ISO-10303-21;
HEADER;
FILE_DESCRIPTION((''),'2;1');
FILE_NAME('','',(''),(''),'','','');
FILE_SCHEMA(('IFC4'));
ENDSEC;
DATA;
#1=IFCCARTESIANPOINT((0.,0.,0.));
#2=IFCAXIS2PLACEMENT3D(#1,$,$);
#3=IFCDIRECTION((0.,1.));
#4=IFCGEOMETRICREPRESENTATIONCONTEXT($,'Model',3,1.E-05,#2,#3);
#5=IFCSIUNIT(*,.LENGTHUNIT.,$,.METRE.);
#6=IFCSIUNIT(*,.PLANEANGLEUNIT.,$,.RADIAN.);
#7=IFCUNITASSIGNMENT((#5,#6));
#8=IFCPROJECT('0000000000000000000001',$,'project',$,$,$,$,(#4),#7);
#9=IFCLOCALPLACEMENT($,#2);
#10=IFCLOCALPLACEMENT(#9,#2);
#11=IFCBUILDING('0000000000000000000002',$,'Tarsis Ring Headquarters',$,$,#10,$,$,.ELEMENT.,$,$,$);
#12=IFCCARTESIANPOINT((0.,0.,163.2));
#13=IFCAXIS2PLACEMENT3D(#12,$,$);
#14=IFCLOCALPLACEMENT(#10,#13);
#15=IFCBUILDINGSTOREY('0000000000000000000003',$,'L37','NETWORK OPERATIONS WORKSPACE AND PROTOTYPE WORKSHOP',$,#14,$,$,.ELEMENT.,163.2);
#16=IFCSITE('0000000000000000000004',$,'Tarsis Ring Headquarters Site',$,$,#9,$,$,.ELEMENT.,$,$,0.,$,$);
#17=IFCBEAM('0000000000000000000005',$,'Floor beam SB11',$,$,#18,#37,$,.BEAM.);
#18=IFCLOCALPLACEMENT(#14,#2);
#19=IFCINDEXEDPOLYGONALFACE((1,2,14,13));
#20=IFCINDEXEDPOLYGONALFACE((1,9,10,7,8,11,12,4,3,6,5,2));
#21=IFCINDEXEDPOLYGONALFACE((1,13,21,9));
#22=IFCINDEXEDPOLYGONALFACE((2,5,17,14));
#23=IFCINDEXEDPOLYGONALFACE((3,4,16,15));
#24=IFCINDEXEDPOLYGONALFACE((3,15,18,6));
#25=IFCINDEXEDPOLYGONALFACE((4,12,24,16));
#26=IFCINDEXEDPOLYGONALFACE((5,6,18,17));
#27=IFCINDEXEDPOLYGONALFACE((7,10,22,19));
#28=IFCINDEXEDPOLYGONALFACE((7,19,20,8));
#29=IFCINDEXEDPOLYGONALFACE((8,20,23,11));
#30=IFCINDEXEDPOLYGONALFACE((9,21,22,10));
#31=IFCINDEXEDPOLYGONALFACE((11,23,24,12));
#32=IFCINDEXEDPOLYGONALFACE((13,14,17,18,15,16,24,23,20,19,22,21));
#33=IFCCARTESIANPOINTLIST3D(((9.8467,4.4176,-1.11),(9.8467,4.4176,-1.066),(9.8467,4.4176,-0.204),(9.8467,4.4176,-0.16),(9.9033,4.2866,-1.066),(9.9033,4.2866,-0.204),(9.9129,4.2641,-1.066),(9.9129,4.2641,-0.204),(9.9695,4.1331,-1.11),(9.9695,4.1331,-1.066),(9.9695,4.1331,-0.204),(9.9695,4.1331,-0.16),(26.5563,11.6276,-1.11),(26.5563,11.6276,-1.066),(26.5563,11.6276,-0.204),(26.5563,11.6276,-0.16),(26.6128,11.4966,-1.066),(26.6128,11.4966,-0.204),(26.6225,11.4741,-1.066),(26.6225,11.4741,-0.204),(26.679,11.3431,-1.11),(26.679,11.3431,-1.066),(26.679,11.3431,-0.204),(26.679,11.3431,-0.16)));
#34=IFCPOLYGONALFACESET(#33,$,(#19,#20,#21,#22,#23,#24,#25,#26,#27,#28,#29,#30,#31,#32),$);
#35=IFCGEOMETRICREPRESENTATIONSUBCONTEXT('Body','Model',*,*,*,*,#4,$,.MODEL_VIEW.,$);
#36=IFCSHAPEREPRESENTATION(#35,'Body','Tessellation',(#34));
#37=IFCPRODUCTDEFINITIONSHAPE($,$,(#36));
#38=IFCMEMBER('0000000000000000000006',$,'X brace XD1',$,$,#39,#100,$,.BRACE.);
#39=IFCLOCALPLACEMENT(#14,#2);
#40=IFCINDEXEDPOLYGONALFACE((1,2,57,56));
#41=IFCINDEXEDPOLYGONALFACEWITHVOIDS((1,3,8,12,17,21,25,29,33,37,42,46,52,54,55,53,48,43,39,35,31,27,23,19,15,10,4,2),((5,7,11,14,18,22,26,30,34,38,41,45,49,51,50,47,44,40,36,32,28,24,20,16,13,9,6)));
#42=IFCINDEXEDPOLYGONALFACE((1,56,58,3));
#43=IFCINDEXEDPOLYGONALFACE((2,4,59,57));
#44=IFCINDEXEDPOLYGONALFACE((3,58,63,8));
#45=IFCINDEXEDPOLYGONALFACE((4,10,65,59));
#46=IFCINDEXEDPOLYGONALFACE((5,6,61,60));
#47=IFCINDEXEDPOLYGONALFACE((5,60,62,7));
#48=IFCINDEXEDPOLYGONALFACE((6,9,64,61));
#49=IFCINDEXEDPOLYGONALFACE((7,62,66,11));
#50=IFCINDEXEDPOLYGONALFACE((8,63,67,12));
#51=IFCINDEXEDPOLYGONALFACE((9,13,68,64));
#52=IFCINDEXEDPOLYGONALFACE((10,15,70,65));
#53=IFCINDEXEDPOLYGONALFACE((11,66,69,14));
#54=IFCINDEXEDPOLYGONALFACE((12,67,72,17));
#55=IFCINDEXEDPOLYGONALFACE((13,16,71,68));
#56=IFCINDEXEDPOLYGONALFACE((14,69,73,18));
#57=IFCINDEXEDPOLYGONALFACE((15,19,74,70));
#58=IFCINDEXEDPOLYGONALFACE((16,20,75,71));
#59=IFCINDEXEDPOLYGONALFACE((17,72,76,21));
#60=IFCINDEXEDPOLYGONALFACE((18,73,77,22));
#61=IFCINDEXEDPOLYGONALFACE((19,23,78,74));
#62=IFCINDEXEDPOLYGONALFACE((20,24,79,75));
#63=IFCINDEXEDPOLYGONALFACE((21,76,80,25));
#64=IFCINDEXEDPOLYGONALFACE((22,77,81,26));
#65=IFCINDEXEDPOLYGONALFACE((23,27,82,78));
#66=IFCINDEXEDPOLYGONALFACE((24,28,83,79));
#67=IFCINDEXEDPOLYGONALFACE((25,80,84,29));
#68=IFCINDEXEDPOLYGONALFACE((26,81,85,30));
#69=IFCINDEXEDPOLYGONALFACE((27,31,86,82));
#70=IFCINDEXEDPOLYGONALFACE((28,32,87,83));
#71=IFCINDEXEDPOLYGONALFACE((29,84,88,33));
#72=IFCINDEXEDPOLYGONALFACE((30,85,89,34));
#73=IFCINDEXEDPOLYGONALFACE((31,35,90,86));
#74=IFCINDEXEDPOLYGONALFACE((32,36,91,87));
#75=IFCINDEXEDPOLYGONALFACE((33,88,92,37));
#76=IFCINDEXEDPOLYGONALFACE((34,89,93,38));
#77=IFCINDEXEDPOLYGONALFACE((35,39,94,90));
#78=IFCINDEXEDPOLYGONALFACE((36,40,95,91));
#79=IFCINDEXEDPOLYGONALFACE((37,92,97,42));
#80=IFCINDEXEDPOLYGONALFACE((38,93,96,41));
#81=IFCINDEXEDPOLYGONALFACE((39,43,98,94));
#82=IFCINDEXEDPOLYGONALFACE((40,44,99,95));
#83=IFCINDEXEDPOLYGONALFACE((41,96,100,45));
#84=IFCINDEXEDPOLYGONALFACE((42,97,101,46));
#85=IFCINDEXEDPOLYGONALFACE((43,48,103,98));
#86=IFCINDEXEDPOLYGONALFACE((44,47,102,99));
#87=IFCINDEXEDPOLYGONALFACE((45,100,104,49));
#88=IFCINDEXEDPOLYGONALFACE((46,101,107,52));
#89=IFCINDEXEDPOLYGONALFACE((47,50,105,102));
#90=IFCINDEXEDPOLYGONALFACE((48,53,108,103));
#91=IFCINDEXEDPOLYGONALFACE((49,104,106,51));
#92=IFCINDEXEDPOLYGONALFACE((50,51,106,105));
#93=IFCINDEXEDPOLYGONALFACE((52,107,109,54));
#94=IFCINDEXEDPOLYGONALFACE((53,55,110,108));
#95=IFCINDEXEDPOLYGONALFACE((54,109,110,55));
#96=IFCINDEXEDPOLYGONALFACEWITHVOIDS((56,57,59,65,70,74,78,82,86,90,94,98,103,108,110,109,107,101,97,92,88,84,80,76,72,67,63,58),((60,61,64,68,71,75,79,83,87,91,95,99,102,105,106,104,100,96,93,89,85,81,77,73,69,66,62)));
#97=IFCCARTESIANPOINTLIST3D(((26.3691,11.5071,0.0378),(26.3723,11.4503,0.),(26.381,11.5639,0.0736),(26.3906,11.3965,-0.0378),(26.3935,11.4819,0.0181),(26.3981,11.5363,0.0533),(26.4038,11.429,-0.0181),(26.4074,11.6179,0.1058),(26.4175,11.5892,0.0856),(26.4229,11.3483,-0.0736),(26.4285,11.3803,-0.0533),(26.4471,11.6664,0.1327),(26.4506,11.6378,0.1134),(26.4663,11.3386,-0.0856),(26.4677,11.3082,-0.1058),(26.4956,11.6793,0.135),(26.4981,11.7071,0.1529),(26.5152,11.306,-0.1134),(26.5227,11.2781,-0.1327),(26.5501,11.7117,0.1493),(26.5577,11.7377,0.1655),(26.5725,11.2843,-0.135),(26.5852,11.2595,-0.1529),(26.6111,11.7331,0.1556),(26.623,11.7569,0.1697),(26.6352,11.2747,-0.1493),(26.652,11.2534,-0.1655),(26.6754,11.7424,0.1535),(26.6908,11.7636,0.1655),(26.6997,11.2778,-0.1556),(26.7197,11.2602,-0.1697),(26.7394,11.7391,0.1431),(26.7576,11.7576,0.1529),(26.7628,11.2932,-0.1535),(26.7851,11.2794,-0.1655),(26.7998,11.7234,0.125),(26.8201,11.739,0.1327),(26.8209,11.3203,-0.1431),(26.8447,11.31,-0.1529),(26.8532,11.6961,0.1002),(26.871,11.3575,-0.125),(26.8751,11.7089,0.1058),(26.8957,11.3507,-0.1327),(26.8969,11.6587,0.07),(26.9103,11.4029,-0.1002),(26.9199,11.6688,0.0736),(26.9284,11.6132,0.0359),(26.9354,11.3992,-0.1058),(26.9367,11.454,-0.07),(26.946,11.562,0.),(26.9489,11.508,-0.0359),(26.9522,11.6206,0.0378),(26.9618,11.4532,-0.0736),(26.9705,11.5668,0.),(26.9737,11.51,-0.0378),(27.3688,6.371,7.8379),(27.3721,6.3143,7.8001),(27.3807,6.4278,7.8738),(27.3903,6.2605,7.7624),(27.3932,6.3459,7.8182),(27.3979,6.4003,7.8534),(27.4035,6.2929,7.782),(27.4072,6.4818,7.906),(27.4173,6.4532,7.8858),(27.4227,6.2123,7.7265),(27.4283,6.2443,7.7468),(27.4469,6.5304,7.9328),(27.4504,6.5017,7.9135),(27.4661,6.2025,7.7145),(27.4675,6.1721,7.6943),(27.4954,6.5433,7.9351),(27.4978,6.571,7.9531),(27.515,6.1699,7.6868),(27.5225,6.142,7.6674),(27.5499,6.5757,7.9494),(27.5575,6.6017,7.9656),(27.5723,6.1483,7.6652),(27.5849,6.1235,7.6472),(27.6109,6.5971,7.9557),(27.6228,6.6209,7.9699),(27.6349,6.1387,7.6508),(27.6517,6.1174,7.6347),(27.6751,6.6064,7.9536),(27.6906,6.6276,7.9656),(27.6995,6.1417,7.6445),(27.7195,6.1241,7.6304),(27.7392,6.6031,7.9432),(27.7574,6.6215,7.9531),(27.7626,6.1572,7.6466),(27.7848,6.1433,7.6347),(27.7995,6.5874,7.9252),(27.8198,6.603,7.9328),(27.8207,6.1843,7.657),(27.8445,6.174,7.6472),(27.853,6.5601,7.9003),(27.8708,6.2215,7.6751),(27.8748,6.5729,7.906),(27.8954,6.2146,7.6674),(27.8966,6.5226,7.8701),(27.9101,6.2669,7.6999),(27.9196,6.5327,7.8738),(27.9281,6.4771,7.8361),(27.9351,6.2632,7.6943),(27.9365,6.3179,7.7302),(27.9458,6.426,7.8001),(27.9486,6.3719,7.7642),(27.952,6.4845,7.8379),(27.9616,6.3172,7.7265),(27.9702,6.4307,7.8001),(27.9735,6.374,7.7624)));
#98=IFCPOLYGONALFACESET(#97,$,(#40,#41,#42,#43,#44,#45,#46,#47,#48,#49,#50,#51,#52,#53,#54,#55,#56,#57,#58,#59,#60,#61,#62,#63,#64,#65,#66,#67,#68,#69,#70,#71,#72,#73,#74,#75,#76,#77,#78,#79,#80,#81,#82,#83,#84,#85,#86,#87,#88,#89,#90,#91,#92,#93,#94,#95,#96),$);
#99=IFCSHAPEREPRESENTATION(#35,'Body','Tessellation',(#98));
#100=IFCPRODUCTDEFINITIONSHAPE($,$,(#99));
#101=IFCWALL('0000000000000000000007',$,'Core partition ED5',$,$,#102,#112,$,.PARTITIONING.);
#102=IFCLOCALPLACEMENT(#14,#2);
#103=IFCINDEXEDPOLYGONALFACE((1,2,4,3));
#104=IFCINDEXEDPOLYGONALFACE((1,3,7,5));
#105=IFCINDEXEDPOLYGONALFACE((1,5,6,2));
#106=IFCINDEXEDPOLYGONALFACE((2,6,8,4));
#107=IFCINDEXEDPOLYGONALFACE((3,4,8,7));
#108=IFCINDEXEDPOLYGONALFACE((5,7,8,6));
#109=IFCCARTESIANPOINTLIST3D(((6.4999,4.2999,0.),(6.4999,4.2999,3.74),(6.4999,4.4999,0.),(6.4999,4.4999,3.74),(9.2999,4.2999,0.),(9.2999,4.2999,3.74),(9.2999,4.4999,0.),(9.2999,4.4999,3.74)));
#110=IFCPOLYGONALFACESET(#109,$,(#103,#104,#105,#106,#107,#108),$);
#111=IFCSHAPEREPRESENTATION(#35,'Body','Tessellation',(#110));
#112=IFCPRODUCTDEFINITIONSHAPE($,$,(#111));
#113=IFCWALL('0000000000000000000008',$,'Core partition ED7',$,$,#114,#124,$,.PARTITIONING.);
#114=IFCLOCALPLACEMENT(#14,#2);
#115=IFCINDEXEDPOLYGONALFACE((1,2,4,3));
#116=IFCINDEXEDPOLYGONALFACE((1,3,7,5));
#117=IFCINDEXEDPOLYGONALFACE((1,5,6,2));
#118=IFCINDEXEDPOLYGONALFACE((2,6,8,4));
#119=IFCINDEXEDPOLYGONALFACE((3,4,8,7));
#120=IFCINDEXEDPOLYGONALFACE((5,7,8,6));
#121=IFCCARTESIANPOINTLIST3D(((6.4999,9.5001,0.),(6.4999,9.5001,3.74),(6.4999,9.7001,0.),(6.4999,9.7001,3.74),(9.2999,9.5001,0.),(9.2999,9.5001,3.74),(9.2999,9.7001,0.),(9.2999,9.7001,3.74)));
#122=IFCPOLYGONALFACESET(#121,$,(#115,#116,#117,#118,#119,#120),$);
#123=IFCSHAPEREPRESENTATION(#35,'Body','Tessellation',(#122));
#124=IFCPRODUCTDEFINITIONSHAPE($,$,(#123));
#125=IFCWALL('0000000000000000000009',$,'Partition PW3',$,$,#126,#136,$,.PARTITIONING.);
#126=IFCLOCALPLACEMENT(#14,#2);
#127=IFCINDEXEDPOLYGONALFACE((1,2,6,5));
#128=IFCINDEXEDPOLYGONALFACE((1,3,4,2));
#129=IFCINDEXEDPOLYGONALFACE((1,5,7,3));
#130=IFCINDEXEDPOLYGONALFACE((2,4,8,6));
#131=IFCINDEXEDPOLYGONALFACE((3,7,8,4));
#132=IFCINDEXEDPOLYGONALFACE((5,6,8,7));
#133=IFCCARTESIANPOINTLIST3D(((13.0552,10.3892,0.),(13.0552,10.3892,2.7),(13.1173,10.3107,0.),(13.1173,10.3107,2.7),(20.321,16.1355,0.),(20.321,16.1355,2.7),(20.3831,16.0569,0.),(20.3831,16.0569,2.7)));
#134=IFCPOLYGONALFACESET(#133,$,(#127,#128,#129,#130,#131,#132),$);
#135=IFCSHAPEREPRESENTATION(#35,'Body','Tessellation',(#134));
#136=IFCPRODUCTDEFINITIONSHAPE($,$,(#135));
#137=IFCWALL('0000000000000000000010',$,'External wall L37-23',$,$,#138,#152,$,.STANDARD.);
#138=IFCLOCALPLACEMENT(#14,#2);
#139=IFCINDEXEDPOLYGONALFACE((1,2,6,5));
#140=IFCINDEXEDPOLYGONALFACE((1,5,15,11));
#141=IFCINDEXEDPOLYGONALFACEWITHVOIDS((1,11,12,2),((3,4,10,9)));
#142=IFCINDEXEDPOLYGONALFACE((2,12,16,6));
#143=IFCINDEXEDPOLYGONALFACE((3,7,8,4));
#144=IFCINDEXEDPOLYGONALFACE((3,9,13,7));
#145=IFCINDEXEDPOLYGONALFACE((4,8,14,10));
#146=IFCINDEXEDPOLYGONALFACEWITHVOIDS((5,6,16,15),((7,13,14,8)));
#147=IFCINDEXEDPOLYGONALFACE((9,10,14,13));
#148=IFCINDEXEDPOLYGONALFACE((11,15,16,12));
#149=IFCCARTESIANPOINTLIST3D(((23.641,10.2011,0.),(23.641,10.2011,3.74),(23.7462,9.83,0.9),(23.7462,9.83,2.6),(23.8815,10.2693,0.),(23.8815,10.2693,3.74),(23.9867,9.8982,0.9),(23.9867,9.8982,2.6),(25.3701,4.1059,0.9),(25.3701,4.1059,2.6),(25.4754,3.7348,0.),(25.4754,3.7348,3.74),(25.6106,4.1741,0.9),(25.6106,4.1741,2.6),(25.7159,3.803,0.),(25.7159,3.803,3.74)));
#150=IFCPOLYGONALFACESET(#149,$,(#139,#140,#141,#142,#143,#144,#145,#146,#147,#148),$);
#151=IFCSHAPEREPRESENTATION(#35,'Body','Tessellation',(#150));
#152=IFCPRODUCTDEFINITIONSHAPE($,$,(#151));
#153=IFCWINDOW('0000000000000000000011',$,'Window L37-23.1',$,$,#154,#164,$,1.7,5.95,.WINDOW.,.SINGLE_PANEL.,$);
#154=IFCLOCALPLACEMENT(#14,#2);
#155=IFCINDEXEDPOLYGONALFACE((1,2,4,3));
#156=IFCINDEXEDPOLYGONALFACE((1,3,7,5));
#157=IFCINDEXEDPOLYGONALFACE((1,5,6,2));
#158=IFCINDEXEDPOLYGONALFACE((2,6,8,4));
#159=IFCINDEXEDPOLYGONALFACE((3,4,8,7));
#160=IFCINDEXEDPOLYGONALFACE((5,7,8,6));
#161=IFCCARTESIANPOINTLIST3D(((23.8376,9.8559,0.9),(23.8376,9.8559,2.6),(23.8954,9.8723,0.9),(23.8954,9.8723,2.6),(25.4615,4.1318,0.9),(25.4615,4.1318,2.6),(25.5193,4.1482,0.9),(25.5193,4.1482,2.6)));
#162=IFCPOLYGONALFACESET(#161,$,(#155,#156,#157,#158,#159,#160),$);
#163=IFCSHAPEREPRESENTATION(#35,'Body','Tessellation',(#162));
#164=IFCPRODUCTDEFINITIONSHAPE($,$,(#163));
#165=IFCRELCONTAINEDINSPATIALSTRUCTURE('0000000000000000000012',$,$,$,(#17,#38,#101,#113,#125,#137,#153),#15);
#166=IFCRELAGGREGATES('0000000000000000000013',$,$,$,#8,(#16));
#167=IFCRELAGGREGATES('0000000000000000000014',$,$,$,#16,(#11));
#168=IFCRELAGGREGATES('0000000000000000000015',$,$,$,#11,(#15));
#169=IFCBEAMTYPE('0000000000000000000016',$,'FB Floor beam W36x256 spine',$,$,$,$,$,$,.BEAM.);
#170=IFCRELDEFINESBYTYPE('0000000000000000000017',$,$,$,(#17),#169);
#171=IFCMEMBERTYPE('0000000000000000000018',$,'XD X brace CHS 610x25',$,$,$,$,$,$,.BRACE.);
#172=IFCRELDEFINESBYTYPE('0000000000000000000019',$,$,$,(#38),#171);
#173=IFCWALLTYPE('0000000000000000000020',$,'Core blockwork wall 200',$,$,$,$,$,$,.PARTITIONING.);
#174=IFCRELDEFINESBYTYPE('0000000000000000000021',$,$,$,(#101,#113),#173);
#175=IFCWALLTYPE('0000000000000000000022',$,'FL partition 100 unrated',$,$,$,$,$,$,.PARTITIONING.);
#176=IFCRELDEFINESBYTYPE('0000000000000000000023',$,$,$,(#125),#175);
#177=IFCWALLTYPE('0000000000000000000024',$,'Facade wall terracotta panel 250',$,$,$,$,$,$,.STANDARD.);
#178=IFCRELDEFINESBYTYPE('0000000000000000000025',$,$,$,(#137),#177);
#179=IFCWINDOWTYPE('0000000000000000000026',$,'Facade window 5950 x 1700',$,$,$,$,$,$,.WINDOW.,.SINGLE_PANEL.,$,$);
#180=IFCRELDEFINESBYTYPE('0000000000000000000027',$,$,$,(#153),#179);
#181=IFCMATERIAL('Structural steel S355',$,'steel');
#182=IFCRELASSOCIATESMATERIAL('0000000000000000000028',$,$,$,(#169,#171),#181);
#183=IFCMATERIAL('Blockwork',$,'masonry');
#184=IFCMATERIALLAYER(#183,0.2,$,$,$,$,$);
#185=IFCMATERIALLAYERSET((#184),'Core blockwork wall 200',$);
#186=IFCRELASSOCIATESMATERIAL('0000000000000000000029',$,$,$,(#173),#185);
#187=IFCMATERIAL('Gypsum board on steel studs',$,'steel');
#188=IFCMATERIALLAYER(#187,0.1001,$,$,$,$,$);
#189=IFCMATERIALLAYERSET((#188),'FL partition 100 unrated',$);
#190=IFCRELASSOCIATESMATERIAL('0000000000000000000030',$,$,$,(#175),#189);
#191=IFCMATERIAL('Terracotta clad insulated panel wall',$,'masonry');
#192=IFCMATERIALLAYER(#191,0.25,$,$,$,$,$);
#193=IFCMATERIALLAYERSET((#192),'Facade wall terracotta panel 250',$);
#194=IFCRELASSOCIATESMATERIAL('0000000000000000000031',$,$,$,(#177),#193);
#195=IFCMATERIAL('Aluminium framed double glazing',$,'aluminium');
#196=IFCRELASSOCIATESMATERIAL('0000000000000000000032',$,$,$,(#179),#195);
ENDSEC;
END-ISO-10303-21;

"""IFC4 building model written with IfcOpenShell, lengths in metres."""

from ifc_helpers import new_model, si_unit, direction, frame, frame_2d, origin, origin_2d, place, context, subcontext, project, spatial, rectangle, hollow_circle, i_section, extrude, material, layer, layer_set, material_profile, profile_set, type_object, element, fill, save


model = new_model("IFC4")

# Units and contexts
model_context = context("Model", 3, precision=1e-05, world=origin(), true_north=direction((0.0, 1.0)))
body_context = subcontext(model_context, "Body", "Model", "MODEL_VIEW")
ifc_project = project(units=[si_unit("LENGTHUNIT", "METRE"), si_unit("PLANEANGLEUNIT", "RADIAN")], contexts=[model_context])

# Site, building, storey
site_placement = place(None, origin())
site = spatial("IfcSite", under=ifc_project, at=site_placement, Name="Tarsis Ring Headquarters Site", CompositionType="ELEMENT", RefElevation=0.0)
building_placement = place(site_placement, origin())
building = spatial("IfcBuilding", under=site, at=building_placement, Name="Tarsis Ring Headquarters", CompositionType="ELEMENT")
storey_placement = place(building_placement, frame((0.0, 0.0, 163.2)))
storey = spatial("IfcBuildingStorey", under=building, at=storey_placement, Name="L37", Description="NETWORK OPERATIONS WORKSPACE AND PROTOTYPE WORKSHOP", CompositionType="ELEMENT", Elevation=163.2)

# Shared definitions
ifc_material_1 = material(Name="Structural steel S355", Category="steel")

# Beam
ifc_material_profile_1 = material_profile(ifc_material_1, i_section(OverallWidth=0.3098, OverallDepth=0.95, WebThickness=0.0244, FlangeThickness=0.0439, at=origin_2d()), Name="W36x256")
ifc_profile_set_1 = profile_set([ifc_material_profile_1], Name="Structural steel S355")
beam_type_1 = type_object("IfcBeamType", Name="FB Floor beam W36x256 spine", PredefinedType="BEAM", material=ifc_profile_set_1)
beam_1_placement = place(storey_placement, frame((26.6177, 11.4854, -0.635), z_axis=(-0.918172, -0.396182, 0.0), x_axis=(0.396182, -0.918172, 0.0)))
element("IfcBeam", 1, at=beam_1_placement, inside=storey, type_object=beam_type_1, Name="Floor beam SB11", PredefinedType="BEAM", context=body_context, shape_type="SweptSolid", body=[
    extrude(i_section(OverallWidth=0.3098, OverallDepth=0.95, WebThickness=0.0244, FlangeThickness=0.0439, at=origin_2d()), origin(), (0.0, 0.0, 1.0), 18.1987),
])

# Member
ifc_material_profile_2 = material_profile(ifc_material_1, hollow_circle(Radius=0.3047, WallThickness=0.0249, at=origin_2d()), Name="CHS 610x25")
ifc_profile_set_2 = profile_set([ifc_material_profile_2], Name="Structural steel S355")
member_type = type_object("IfcMemberType", Name="XD X brace CHS 610x25", PredefinedType="BRACE", material=ifc_profile_set_2)
member_placement = place(storey_placement, frame((26.6714, 11.5085, 0.0), z_axis=(0.106442, -0.546819, 0.830457), x_axis=(0.981576, 0.191071, 0.0)))
element("IfcMember", 2, at=member_placement, inside=storey, type_object=member_type, Name="X brace XD1", PredefinedType="BRACE", context=body_context, shape_type="SweptSolid", body=[
    extrude(hollow_circle(Radius=0.3047, WallThickness=0.0249, at=origin_2d()), origin(), (0.0, 0.0, 1.0), 9.3926),
])

# Walls
ifc_material_2 = material(Name="Blockwork", Category="masonry")
ifc_layer_1 = layer(ifc_material_2, 0.2)
ifc_layer_set_1 = layer_set([ifc_layer_1], Name="Core blockwork wall 200")
wall_type_1 = type_object("IfcWallType", Name="Core blockwork wall 200", PredefinedType="PARTITIONING", material=ifc_layer_set_1)
for number, where, z_axis, x_axis, name in (
    (3, (6.5, 4.3999, 0.0), (0.0, 0.0, 1.0), (1.0, 0.0, 0.0), "Core partition ED5"),
    (4, (6.5, 9.6001, 0.0), (0.0, 0.0, 1.0), (1.0, 0.0, 0.0), "Core partition ED7"),
):
    element("IfcWall", number, at=place(storey_placement, frame(where, z_axis=z_axis, x_axis=x_axis)), inside=storey, type_object=wall_type_1, Name=name, PredefinedType="PARTITIONING", context=body_context, shape_type="SweptSolid", body=[
        extrude(rectangle(XDim=2.8, YDim=0.2, at=frame_2d((1.3999, 0.0))), origin(), (0.0, 0.0, 1.0), 3.74),
    ])
ifc_material_3 = material(Name="Gypsum board on steel studs", Category="steel")
ifc_layer_2 = layer(ifc_material_3, 0.1001)
ifc_layer_set_2 = layer_set([ifc_layer_2], Name="FL partition 100 unrated")
wall_type_2 = type_object("IfcWallType", Name="FL partition 100 unrated", PredefinedType="PARTITIONING", material=ifc_layer_set_2)
wall_1_placement = place(storey_placement, frame((13.0862, 10.3499, 0.0), z_axis=(0.0, 0.0, 1.0), x_axis=(0.784351, 0.620317, 0.0)))
element("IfcWall", 5, at=wall_1_placement, inside=storey, type_object=wall_type_2, Name="Partition PW3", PredefinedType="PARTITIONING", context=body_context, shape_type="SweptSolid", body=[
    extrude(rectangle(XDim=9.2634, YDim=0.1001, at=frame_2d((4.6318, 0.0))), origin(), (0.0, 0.0, 1.0), 2.7),
])

# Wall, opening, window
ifc_material_4 = material(Name="Terracotta clad insulated panel wall", Category="masonry")
ifc_layer_3 = layer(ifc_material_4, 0.25)
ifc_layer_set_3 = layer_set([ifc_layer_3], Name="Facade wall terracotta panel 250")
wall_type_3 = type_object("IfcWallType", Name="Facade wall terracotta panel 250", PredefinedType="STANDARD", material=ifc_layer_set_3)
wall_2_placement = place(storey_placement, frame((25.5957, 3.7688, 0.0), z_axis=(0.0, 0.0, 1.0), x_axis=(-0.272926, 0.962035, 0.0)))
wall_2 = element("IfcWall", 6, at=wall_2_placement, inside=storey, type_object=wall_type_3, Name="External wall L37-23", PredefinedType="STANDARD", context=body_context, shape_type="SweptSolid", body=[
    extrude(rectangle(XDim=6.7214, YDim=0.25, at=frame_2d((3.3608, 0.0))), origin(), (0.0, 0.0, 1.0), 3.74),
])
opening_1_placement = place(wall_2_placement, frame((0.3857, 0.0, 0.8999)))
opening_1 = element("IfcOpeningElement", 7, at=opening_1_placement, cuts=wall_2, PredefinedType="OPENING", context=body_context, shape_type="SweptSolid", body=[
    extrude(rectangle(XDim=5.95, YDim=1.7, at=frame_2d((2.9751, 0.8501))), frame((0.0, 0.135, 0.0), z_axis=(0.0, -1.0, 0.0), x_axis=(1.0, 0.0, 0.0)), (0.0, 0.0, 1.0), 0.27),
])
ifc_material_5 = material(Name="Aluminium framed double glazing", Category="aluminium")
window_type = type_object("IfcWindowType", Name="Facade window 5950 x 1700", PartitioningType="SINGLE_PANEL", PredefinedType="WINDOW", material=ifc_material_5)
window_1_placement = place(opening_1_placement, origin())
window_1 = element("IfcWindow", 8, at=window_1_placement, inside=storey, type_object=window_type, Name="Window L37-23.1", OverallHeight=1.7, OverallWidth=5.95, PartitioningType="SINGLE_PANEL", PredefinedType="WINDOW", context=body_context, shape_type="SweptSolid", body=[
    extrude(rectangle(XDim=5.95, YDim=1.7, at=frame_2d((2.9751, 0.8501))), frame((0.0, 0.03, 0.0), z_axis=(0.0, -1.0, 0.0), x_axis=(1.0, 0.0, 0.0)), (0.0, 0.0, 1.0), 0.0601),
])
fill(opening_1, window_1)

save(model, "model.ifc")
